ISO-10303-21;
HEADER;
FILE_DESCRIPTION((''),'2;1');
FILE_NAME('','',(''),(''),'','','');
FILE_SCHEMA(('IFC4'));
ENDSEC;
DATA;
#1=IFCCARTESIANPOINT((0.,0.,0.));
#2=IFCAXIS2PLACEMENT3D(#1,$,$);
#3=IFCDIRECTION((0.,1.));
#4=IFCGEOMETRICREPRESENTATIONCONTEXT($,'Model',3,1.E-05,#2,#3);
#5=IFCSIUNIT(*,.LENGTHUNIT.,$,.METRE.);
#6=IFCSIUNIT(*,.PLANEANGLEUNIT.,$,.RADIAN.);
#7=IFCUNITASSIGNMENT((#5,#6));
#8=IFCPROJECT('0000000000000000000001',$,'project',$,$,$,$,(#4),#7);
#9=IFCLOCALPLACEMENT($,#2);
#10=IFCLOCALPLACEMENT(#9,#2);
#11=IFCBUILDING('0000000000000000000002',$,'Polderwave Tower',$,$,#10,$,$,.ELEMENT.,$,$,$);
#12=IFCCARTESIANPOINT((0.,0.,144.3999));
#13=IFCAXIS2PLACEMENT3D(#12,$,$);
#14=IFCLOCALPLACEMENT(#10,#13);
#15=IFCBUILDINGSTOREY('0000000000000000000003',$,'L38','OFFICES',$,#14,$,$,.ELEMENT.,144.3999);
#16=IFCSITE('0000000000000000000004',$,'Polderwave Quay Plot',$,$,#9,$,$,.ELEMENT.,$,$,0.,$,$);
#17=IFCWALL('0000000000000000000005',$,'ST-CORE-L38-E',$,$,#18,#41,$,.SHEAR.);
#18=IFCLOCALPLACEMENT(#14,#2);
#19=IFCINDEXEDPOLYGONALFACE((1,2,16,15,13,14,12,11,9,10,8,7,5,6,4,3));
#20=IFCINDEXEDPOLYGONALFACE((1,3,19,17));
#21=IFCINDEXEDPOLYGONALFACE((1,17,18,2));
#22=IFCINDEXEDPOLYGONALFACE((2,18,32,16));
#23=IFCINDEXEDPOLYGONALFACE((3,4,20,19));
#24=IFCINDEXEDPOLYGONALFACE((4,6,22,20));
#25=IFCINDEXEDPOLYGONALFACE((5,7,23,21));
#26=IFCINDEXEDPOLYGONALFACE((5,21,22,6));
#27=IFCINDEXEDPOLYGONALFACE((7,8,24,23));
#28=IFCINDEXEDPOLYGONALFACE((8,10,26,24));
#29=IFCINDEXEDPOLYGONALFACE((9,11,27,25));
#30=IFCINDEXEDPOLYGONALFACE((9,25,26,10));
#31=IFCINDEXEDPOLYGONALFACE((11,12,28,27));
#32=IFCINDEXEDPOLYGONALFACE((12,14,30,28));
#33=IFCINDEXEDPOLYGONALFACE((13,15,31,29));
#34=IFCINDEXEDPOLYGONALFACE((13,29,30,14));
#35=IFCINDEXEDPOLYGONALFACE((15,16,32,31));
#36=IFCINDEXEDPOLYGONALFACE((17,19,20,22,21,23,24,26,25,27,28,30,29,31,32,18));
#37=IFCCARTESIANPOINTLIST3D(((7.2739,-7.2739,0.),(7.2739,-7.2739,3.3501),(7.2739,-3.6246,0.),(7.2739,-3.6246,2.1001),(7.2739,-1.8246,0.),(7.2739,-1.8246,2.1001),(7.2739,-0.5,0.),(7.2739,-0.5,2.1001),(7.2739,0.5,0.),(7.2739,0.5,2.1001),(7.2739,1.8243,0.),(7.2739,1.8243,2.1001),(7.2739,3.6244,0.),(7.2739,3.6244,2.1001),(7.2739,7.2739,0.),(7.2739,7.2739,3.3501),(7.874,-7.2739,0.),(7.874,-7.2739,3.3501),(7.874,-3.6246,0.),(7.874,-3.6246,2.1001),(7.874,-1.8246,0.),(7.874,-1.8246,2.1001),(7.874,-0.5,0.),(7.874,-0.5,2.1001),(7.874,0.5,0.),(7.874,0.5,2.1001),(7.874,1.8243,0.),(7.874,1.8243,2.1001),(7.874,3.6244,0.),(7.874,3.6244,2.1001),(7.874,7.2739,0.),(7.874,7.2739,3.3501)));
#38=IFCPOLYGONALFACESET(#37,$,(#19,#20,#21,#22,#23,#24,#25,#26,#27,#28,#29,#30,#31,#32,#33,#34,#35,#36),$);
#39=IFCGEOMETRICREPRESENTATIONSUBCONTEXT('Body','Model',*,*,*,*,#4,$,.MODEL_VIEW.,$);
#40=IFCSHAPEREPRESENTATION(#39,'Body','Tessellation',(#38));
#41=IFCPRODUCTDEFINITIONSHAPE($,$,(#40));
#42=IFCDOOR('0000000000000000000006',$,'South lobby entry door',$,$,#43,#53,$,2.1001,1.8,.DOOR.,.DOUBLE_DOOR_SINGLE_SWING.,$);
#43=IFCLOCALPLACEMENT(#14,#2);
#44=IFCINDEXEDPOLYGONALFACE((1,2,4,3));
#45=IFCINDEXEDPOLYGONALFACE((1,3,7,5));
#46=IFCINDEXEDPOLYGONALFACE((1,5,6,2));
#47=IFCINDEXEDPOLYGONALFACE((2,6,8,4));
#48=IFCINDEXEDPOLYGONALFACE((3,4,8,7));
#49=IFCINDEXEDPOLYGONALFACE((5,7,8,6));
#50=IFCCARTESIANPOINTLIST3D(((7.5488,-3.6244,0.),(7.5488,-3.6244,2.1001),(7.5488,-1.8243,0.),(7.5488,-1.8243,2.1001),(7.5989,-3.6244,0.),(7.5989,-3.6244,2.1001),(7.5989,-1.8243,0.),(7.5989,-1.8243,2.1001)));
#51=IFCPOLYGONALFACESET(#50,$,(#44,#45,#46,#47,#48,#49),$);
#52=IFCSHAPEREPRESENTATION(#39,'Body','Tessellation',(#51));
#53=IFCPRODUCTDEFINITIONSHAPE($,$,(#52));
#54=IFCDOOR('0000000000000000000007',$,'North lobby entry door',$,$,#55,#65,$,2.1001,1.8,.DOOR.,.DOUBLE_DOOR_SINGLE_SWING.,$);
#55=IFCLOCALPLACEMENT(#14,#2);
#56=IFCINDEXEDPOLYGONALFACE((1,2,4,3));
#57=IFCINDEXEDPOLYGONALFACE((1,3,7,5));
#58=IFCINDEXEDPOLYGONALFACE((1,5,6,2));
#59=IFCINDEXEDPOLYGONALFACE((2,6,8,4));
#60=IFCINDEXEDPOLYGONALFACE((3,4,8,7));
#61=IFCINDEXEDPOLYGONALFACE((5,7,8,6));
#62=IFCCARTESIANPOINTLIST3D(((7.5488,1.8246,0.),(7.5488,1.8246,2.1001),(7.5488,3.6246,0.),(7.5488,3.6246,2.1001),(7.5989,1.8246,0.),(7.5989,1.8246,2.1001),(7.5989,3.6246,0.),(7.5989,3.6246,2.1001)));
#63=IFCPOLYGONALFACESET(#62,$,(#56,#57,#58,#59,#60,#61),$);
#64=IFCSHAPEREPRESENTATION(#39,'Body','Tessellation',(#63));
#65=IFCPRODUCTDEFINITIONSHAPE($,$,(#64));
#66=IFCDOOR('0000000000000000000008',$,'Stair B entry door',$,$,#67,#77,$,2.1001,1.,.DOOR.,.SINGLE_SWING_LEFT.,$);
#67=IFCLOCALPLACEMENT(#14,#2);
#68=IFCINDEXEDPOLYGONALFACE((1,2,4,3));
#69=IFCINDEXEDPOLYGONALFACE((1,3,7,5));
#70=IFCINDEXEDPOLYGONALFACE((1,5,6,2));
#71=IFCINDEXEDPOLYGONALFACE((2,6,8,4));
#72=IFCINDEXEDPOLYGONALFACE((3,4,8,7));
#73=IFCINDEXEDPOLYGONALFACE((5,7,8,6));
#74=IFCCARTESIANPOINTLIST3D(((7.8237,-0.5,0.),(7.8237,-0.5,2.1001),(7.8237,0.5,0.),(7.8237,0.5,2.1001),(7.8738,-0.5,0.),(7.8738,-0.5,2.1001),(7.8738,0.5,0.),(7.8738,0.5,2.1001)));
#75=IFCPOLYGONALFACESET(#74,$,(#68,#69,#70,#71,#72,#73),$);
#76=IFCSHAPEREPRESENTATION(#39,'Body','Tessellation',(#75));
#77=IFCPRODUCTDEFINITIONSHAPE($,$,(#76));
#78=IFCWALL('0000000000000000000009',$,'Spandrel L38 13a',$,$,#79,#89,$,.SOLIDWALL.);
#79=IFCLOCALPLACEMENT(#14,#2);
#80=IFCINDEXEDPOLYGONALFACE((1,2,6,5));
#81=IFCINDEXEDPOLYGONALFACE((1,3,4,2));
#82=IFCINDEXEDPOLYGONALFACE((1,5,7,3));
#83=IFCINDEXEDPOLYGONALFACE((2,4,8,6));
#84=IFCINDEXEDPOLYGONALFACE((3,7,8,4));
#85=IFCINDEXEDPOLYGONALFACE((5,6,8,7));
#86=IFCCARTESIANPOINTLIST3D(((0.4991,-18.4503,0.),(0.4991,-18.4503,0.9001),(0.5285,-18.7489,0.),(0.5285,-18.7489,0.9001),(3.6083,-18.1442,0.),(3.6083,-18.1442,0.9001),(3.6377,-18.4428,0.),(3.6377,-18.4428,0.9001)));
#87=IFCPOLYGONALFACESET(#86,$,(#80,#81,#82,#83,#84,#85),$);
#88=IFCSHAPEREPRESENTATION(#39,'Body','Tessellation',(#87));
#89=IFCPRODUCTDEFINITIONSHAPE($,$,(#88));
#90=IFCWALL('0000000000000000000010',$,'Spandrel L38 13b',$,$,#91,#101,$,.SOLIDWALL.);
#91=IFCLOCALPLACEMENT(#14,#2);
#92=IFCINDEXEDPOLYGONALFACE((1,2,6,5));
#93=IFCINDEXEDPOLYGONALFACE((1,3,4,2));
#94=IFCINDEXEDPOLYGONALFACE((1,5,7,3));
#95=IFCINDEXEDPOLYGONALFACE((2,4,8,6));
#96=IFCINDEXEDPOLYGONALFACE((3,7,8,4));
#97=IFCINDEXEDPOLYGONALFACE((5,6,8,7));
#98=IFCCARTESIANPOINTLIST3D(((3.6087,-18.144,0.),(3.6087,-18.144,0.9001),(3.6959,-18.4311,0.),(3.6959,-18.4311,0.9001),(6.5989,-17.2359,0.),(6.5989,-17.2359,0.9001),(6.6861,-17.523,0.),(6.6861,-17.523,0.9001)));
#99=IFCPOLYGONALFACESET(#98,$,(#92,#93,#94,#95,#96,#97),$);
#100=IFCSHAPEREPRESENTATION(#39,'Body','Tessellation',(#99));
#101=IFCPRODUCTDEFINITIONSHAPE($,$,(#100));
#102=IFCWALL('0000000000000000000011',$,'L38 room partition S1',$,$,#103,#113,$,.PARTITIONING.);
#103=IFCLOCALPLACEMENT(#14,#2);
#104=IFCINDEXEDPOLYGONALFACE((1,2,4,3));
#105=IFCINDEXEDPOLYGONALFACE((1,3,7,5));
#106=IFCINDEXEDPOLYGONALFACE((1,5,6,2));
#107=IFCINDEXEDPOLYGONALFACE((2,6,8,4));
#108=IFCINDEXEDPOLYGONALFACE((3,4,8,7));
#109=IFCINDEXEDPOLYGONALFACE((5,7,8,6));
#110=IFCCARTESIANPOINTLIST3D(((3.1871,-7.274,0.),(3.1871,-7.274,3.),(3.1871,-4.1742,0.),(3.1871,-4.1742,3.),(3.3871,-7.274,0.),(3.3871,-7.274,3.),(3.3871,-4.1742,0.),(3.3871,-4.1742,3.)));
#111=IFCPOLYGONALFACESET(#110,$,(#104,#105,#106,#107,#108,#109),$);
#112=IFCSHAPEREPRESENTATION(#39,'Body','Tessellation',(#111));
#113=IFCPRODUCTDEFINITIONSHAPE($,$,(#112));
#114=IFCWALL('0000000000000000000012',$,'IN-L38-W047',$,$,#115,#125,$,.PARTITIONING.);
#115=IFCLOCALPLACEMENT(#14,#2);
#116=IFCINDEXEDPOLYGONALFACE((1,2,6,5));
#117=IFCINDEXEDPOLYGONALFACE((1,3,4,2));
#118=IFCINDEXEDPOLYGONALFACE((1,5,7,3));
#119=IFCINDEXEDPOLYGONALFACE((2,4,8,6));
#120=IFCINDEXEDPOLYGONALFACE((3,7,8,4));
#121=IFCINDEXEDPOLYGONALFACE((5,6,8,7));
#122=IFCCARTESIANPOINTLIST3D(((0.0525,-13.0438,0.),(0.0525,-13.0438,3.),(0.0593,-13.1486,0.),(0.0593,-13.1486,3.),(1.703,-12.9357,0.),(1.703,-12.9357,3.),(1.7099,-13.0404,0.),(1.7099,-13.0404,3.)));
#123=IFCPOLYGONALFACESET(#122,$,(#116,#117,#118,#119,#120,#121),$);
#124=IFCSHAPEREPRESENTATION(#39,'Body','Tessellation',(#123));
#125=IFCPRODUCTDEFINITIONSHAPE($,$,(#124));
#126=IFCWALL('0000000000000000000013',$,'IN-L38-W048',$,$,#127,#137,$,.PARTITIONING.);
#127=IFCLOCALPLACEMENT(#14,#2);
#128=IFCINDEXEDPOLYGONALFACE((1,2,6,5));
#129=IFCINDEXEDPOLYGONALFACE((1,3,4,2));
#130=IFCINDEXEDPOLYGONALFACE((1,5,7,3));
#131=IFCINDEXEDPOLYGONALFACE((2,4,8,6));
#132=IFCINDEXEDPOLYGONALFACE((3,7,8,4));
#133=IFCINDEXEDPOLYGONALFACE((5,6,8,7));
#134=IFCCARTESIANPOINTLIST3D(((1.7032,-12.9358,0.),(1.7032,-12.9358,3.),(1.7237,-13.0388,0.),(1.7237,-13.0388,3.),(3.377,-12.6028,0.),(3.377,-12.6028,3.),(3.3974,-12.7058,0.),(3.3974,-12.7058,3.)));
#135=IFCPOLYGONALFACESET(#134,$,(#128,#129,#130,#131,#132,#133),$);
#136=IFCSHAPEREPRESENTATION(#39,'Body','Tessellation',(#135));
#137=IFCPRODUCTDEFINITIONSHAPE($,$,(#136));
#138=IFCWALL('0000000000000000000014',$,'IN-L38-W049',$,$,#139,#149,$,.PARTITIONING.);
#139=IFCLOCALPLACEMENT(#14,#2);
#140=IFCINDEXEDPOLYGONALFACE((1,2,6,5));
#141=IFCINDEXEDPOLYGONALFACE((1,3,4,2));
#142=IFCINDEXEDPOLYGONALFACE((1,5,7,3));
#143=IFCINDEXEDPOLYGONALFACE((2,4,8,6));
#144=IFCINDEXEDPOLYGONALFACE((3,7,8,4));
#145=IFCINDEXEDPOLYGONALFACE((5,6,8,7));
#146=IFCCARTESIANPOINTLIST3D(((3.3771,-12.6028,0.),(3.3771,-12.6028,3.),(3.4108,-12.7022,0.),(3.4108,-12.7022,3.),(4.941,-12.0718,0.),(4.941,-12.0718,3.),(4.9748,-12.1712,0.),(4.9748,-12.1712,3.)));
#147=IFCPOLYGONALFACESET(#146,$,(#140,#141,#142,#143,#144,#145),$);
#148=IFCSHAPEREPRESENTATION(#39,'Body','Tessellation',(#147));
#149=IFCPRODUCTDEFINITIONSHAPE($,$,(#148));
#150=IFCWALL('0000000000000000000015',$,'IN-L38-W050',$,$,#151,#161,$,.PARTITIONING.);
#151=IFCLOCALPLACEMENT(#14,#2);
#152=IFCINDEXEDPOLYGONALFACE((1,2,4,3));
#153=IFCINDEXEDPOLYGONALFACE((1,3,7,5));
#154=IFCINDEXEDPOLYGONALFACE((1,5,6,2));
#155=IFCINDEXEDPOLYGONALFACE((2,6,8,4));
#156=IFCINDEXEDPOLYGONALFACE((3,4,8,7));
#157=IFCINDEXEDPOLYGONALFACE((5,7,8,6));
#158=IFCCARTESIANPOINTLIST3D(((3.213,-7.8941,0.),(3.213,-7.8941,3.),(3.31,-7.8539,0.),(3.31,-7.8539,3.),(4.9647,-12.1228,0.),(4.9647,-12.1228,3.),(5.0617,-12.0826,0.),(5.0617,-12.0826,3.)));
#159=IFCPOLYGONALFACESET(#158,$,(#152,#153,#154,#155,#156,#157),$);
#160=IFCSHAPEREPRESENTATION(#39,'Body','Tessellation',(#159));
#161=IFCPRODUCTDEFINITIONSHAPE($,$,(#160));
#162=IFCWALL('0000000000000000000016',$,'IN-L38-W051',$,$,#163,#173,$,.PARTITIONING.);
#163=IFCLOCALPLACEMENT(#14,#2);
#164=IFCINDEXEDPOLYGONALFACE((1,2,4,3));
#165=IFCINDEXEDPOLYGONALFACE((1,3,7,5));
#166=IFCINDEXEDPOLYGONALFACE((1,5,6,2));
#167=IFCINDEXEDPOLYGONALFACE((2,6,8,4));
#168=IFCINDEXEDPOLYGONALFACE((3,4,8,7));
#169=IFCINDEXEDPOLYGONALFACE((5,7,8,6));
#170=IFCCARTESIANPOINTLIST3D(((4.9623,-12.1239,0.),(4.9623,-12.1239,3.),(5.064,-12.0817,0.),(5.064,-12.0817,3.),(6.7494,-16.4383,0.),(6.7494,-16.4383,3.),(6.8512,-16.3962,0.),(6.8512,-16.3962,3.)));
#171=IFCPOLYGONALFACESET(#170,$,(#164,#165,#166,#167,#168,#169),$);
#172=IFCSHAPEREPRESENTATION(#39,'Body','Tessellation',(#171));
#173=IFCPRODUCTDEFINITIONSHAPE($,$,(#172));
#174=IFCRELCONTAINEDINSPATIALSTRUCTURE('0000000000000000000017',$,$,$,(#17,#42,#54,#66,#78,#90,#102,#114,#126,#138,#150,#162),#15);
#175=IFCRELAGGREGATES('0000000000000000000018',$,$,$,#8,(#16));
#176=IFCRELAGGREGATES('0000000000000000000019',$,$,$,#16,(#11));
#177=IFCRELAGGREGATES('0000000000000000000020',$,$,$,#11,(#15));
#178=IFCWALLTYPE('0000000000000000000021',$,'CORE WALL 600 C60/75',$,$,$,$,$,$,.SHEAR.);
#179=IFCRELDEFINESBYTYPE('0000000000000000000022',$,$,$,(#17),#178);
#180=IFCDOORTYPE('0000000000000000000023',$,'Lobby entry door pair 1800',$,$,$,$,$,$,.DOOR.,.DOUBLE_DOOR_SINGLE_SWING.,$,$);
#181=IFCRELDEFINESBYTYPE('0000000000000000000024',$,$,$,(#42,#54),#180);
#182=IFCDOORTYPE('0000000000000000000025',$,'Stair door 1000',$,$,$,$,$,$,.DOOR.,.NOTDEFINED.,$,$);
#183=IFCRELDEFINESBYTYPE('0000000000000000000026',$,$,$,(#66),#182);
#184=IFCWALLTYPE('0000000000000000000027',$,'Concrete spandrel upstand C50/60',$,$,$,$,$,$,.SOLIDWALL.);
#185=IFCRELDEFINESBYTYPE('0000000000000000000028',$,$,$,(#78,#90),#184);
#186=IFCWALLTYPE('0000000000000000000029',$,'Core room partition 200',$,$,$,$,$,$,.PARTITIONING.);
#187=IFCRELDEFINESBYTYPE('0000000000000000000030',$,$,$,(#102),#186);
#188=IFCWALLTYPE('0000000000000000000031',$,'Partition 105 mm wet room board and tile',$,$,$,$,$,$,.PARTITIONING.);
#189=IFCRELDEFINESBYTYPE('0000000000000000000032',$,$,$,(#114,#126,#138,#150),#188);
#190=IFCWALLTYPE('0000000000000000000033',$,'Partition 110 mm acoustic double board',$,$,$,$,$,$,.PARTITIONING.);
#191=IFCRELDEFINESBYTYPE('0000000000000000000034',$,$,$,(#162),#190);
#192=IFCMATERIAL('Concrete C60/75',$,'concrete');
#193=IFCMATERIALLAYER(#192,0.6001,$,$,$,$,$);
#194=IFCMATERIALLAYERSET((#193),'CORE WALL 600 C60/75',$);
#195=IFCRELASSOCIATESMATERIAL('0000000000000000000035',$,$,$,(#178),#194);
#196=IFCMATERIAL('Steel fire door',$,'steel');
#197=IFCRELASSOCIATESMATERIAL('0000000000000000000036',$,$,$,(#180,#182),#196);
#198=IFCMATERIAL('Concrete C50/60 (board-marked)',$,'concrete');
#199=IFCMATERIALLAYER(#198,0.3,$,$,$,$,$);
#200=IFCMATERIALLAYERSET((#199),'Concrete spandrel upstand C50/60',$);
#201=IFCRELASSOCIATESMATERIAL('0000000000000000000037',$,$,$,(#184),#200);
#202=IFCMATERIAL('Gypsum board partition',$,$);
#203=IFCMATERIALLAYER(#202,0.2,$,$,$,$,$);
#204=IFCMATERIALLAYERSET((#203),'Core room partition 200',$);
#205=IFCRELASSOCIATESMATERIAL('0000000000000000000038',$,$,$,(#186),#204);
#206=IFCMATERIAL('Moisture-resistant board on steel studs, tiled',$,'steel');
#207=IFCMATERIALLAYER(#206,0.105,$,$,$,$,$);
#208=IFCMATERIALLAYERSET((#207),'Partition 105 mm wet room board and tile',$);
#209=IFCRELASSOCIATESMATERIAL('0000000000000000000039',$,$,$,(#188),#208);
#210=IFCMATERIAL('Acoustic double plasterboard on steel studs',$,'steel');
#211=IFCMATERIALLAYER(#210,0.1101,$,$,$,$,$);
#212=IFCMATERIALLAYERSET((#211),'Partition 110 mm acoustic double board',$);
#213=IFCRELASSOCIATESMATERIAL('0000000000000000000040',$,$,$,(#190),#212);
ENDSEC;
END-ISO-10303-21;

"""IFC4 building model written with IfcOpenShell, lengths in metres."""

from ifc_helpers import new_model, si_unit, direction, frame, frame_2d, origin, place, context, subcontext, project, spatial, rectangle, extrude, material, layer, layer_set, type_object, element, fill, save


model = new_model("IFC4")

# Units and contexts
model_context = context("Model", 3, precision=1e-05, world=origin(), true_north=direction((0.0, 1.0)))
body_context = subcontext(model_context, "Body", "Model", "MODEL_VIEW")
ifc_project = project(units=[si_unit("LENGTHUNIT", "METRE"), si_unit("PLANEANGLEUNIT", "RADIAN")], contexts=[model_context])

# Site, building, storey
site_placement = place(None, origin())
site = spatial("IfcSite", under=ifc_project, at=site_placement, Name="Polderwave Quay Plot", CompositionType="ELEMENT", RefElevation=0.0)
building_placement = place(site_placement, origin())
building = spatial("IfcBuilding", under=site, at=building_placement, Name="Polderwave Tower", CompositionType="ELEMENT")
storey_placement = place(building_placement, frame((0.0, 0.0, 144.3999)))
storey = spatial("IfcBuildingStorey", under=building, at=storey_placement, Name="L38", Description="OFFICES", CompositionType="ELEMENT", Elevation=144.3999)

# Shared definitions
ifc_material_1 = material(Name="Concrete C60/75", Category="concrete")

# Wall, openings, doors
ifc_layer_1 = layer(ifc_material_1, 0.6001)
ifc_layer_set_1 = layer_set([ifc_layer_1], Name="CORE WALL 600 C60/75")
wall_type_1 = type_object("IfcWallType", Name="CORE WALL 600 C60/75", PredefinedType="SHEAR", material=ifc_layer_set_1)
wall_1_placement = place(storey_placement, frame((7.574, -7.2739, 0.0), z_axis=(0.0, 0.0, 1.0), x_axis=(0.0, 1.0, 0.0)))
wall_1 = element("IfcWall", 1, at=wall_1_placement, inside=storey, type_object=wall_type_1, Name="ST-CORE-L38-E", PredefinedType="SHEAR", context=body_context, shape_type="SweptSolid", body=[
    extrude(rectangle(XDim=14.5479, YDim=0.6001, at=frame_2d((7.2739, 0.0))), origin(), (0.0, 0.0, 1.0), 3.3501),
])
opening_1_placement = place(wall_1_placement, frame((6.7739, 0.0, 0.0)))
opening_1 = element("IfcOpeningElement", 2, at=opening_1_placement, cuts=wall_1, PredefinedType="OPENING", context=body_context, shape_type="SweptSolid", body=[
    extrude(rectangle(XDim=1.0, YDim=2.1001, at=frame_2d((0.5, 1.05))), frame((0.0, 0.3101, 0.0), z_axis=(0.0, -1.0, 0.0), x_axis=(1.0, 0.0, 0.0)), (0.0, 0.0, 1.0), 0.6201),
])
opening_2_placement = place(wall_1_placement, frame((3.6494, 0.0, 0.0)))
opening_2 = element("IfcOpeningElement", 3, at=opening_2_placement, cuts=wall_1, PredefinedType="OPENING", context=body_context, shape_type="SweptSolid", body=[
    extrude(rectangle(XDim=1.8, YDim=2.1001, at=frame_2d((0.8999, 1.05))), frame((0.0, 0.3101, 0.0), z_axis=(0.0, -1.0, 0.0), x_axis=(1.0, 0.0, 0.0)), (0.0, 0.0, 1.0), 0.6201),
])
opening_3_placement = place(wall_1_placement, frame((9.0984, 0.0, 0.0)))
opening_3 = element("IfcOpeningElement", 4, at=opening_3_placement, cuts=wall_1, PredefinedType="OPENING", context=body_context, shape_type="SweptSolid", body=[
    extrude(rectangle(XDim=1.8, YDim=2.1001, at=frame_2d((0.8999, 1.05))), frame((0.0, 0.3101, 0.0), z_axis=(0.0, -1.0, 0.0), x_axis=(1.0, 0.0, 0.0)), (0.0, 0.0, 1.0), 0.6201),
])
ifc_material_2 = material(Name="Steel fire door", Category="steel")
door_type_1 = type_object("IfcDoorType", Name="Lobby entry door pair 1800", OperationType="DOUBLE_DOOR_SINGLE_SWING", PredefinedType="DOOR", material=ifc_material_2)
door_1_placement = place(opening_2_placement, frame((1.8, 0.0, 0.0), z_axis=(0.0, 0.0, 1.0), x_axis=(-1.0, 0.0, 0.0)))
door_1 = element("IfcDoor", 5, at=door_1_placement, inside=storey, type_object=door_type_1, Name="South lobby entry door", OperationType="DOUBLE_DOOR_SINGLE_SWING", OverallHeight=2.1001, OverallWidth=1.8, PredefinedType="DOOR", context=body_context, shape_type="SweptSolid", body=[
    extrude(rectangle(XDim=1.8, YDim=2.1001, at=frame_2d((0.8999, 1.05))), frame((0.0, 0.0249, 0.0), z_axis=(0.0, -1.0, 0.0), x_axis=(1.0, 0.0, 0.0)), (0.0, 0.0, 1.0), 0.05),
])
fill(opening_2, door_1)
door_2_placement = place(opening_3_placement, frame((1.8, 0.0, 0.0), z_axis=(0.0, 0.0, 1.0), x_axis=(-1.0, 0.0, 0.0)))
door_2 = element("IfcDoor", 6, at=door_2_placement, inside=storey, type_object=door_type_1, Name="North lobby entry door", OperationType="DOUBLE_DOOR_SINGLE_SWING", OverallHeight=2.1001, OverallWidth=1.8, PredefinedType="DOOR", context=body_context, shape_type="SweptSolid", body=[
    extrude(rectangle(XDim=1.8, YDim=2.1001, at=frame_2d((0.8999, 1.05))), frame((0.0, 0.0249, 0.0), z_axis=(0.0, -1.0, 0.0), x_axis=(1.0, 0.0, 0.0)), (0.0, 0.0, 1.0), 0.05),
])
fill(opening_3, door_2)
door_type_2 = type_object("IfcDoorType", Name="Stair door 1000", OperationType="NOTDEFINED", PredefinedType="DOOR", material=ifc_material_2)
door_3_placement = place(opening_1_placement, frame((1.0, 0.0, 0.0), z_axis=(0.0, 0.0, 1.0), x_axis=(-1.0, 0.0, 0.0)))
door_3 = element("IfcDoor", 7, at=door_3_placement, inside=storey, type_object=door_type_2, Name="Stair B entry door", OperationType="SINGLE_SWING_LEFT", OverallHeight=2.1001, OverallWidth=1.0, PredefinedType="DOOR", context=body_context, shape_type="SweptSolid", body=[
    extrude(rectangle(XDim=1.0, YDim=2.1001, at=frame_2d((0.5, 1.05))), frame((0.0, 0.2998, 0.0), z_axis=(0.0, -1.0, 0.0), x_axis=(1.0, 0.0, 0.0)), (0.0, 0.0, 1.0), 0.05),
])
fill(opening_1, door_3)

# Walls
ifc_material_3 = material(Name="Concrete C50/60 (board-marked)", Category="concrete")
ifc_layer_2 = layer(ifc_material_3, 0.3)
ifc_layer_set_2 = layer_set([ifc_layer_2], Name="Concrete spandrel upstand C50/60")
wall_type_2 = type_object("IfcWallType", Name="Concrete spandrel upstand C50/60", PredefinedType="SOLIDWALL", material=ifc_layer_set_2)
wall_2_placement = place(storey_placement, frame((0.5139, -18.5996, 0.0), z_axis=(0.0, 0.0, 1.0), x_axis=(0.995187, 0.097995, 0.0)))
element("IfcWall", 8, at=wall_2_placement, inside=storey, type_object=wall_type_2, Name="Spandrel L38 13a", PredefinedType="SOLIDWALL", context=body_context, shape_type="SweptSolid", body=[
    extrude(rectangle(XDim=3.1243, YDim=0.3, at=frame_2d((1.562, 0.0))), origin(), (0.0, 0.0, 1.0), 0.9001),
])
wall_3_placement = place(storey_placement, frame((3.6523, -18.2876, 0.0), z_axis=(0.0, 0.0, 1.0), x_axis=(0.95684, 0.290614, 0.0)))
element("IfcWall", 9, at=wall_3_placement, inside=storey, type_object=wall_type_2, Name="Spandrel L38 13b", PredefinedType="SOLIDWALL", context=body_context, shape_type="SweptSolid", body=[
    extrude(rectangle(XDim=3.125, YDim=0.3, at=frame_2d((1.5625, 0.0))), origin(), (0.0, 0.0, 1.0), 0.9001),
])
ifc_material_4 = material(Name="Gypsum board partition")
ifc_layer_3 = layer(ifc_material_4, 0.2)
ifc_layer_set_3 = layer_set([ifc_layer_3], Name="Core room partition 200")
wall_type_3 = type_object("IfcWallType", Name="Core room partition 200", PredefinedType="PARTITIONING", material=ifc_layer_set_3)
wall_4_placement = place(storey_placement, frame((3.2871, -7.2739, 0.0), z_axis=(0.0, 0.0, 1.0), x_axis=(0.0, 1.0, 0.0)))
element("IfcWall", 10, at=wall_4_placement, inside=storey, type_object=wall_type_3, Name="L38 room partition S1", PredefinedType="PARTITIONING", context=body_context, shape_type="SweptSolid", body=[
    extrude(rectangle(XDim=3.0999, YDim=0.2, at=frame_2d((1.5498, 0.0))), origin(), (0.0, 0.0, 1.0), 3.0),
])
ifc_material_5 = material(Name="Moisture-resistant board on steel studs, tiled", Category="steel")
ifc_layer_4 = layer(ifc_material_5, 0.105)
ifc_layer_set_4 = layer_set([ifc_layer_4], Name="Partition 105 mm wet room board and tile")
wall_type_4 = type_object("IfcWallType", Name="Partition 105 mm wet room board and tile", PredefinedType="PARTITIONING", material=ifc_layer_set_4)
wall_5_placement = place(storey_placement, frame((1.7065, -12.988, 0.0), z_axis=(0.0, 0.0, 1.0), x_axis=(-0.99786, -0.065383, 0.0)))
element("IfcWall", 11, at=wall_5_placement, inside=storey, type_object=wall_type_4, Name="IN-L38-W047", PredefinedType="PARTITIONING", context=body_context, shape_type="SweptSolid", body=[
    extrude(rectangle(XDim=1.6541, YDim=0.105, at=frame_2d((0.8271, 0.0))), origin(), (0.0, 0.0, 1.0), 3.0),
])
wall_6_placement = place(storey_placement, frame((3.3872, -12.6543, 0.0), z_axis=(0.0, 0.0, 1.0), x_axis=(-0.980778, -0.195126, 0.0)))
element("IfcWall", 12, at=wall_6_placement, inside=storey, type_object=wall_type_4, Name="IN-L38-W048", PredefinedType="PARTITIONING", context=body_context, shape_type="SweptSolid", body=[
    extrude(rectangle(XDim=1.7065, YDim=0.105, at=frame_2d((0.8533, 0.0))), origin(), (0.0, 0.0, 1.0), 3.0),
])
wall_7_placement = place(storey_placement, frame((4.9578, -12.1216, 0.0), z_axis=(0.0, 0.0, 1.0), x_axis=(-0.94691, -0.3215, 0.0)))
element("IfcWall", 13, at=wall_7_placement, inside=storey, type_object=wall_type_4, Name="IN-L38-W049", PredefinedType="PARTITIONING", context=body_context, shape_type="SweptSolid", body=[
    extrude(rectangle(XDim=1.6516, YDim=0.105, at=frame_2d((0.8257, 0.0))), origin(), (0.0, 0.0, 1.0), 3.0),
])
wall_8_placement = place(storey_placement, frame((3.2615, -7.874, 0.0), z_axis=(0.0, 0.0, 1.0), x_axis=(0.382702, -0.923872, 0.0)))
element("IfcWall", 14, at=wall_8_placement, inside=storey, type_object=wall_type_4, Name="IN-L38-W050", PredefinedType="PARTITIONING", context=body_context, shape_type="SweptSolid", body=[
    extrude(rectangle(XDim=4.5771, YDim=0.105, at=frame_2d((2.2886, 0.0))), origin(), (0.0, 0.0, 1.0), 3.0),
])
ifc_material_6 = material(Name="Acoustic double plasterboard on steel studs", Category="steel")
ifc_layer_5 = layer(ifc_material_6, 0.1101)
ifc_layer_set_5 = layer_set([ifc_layer_5], Name="Partition 110 mm acoustic double board")
wall_type_5 = type_object("IfcWallType", Name="Partition 110 mm acoustic double board", PredefinedType="PARTITIONING", material=ifc_layer_set_5)
wall_9_placement = place(storey_placement, frame((5.0132, -12.1028, 0.0), z_axis=(0.0, 0.0, 1.0), x_axis=(0.382684, -0.923879, 0.0)))
element("IfcWall", 15, at=wall_9_placement, inside=storey, type_object=wall_type_5, Name="IN-L38-W051", PredefinedType="PARTITIONING", context=body_context, shape_type="SweptSolid", body=[
    extrude(rectangle(XDim=4.6699, YDim=0.1101, at=frame_2d((2.335, 0.0))), origin(), (0.0, 0.0, 1.0), 3.0),
])

save(model, "model.ifc")
